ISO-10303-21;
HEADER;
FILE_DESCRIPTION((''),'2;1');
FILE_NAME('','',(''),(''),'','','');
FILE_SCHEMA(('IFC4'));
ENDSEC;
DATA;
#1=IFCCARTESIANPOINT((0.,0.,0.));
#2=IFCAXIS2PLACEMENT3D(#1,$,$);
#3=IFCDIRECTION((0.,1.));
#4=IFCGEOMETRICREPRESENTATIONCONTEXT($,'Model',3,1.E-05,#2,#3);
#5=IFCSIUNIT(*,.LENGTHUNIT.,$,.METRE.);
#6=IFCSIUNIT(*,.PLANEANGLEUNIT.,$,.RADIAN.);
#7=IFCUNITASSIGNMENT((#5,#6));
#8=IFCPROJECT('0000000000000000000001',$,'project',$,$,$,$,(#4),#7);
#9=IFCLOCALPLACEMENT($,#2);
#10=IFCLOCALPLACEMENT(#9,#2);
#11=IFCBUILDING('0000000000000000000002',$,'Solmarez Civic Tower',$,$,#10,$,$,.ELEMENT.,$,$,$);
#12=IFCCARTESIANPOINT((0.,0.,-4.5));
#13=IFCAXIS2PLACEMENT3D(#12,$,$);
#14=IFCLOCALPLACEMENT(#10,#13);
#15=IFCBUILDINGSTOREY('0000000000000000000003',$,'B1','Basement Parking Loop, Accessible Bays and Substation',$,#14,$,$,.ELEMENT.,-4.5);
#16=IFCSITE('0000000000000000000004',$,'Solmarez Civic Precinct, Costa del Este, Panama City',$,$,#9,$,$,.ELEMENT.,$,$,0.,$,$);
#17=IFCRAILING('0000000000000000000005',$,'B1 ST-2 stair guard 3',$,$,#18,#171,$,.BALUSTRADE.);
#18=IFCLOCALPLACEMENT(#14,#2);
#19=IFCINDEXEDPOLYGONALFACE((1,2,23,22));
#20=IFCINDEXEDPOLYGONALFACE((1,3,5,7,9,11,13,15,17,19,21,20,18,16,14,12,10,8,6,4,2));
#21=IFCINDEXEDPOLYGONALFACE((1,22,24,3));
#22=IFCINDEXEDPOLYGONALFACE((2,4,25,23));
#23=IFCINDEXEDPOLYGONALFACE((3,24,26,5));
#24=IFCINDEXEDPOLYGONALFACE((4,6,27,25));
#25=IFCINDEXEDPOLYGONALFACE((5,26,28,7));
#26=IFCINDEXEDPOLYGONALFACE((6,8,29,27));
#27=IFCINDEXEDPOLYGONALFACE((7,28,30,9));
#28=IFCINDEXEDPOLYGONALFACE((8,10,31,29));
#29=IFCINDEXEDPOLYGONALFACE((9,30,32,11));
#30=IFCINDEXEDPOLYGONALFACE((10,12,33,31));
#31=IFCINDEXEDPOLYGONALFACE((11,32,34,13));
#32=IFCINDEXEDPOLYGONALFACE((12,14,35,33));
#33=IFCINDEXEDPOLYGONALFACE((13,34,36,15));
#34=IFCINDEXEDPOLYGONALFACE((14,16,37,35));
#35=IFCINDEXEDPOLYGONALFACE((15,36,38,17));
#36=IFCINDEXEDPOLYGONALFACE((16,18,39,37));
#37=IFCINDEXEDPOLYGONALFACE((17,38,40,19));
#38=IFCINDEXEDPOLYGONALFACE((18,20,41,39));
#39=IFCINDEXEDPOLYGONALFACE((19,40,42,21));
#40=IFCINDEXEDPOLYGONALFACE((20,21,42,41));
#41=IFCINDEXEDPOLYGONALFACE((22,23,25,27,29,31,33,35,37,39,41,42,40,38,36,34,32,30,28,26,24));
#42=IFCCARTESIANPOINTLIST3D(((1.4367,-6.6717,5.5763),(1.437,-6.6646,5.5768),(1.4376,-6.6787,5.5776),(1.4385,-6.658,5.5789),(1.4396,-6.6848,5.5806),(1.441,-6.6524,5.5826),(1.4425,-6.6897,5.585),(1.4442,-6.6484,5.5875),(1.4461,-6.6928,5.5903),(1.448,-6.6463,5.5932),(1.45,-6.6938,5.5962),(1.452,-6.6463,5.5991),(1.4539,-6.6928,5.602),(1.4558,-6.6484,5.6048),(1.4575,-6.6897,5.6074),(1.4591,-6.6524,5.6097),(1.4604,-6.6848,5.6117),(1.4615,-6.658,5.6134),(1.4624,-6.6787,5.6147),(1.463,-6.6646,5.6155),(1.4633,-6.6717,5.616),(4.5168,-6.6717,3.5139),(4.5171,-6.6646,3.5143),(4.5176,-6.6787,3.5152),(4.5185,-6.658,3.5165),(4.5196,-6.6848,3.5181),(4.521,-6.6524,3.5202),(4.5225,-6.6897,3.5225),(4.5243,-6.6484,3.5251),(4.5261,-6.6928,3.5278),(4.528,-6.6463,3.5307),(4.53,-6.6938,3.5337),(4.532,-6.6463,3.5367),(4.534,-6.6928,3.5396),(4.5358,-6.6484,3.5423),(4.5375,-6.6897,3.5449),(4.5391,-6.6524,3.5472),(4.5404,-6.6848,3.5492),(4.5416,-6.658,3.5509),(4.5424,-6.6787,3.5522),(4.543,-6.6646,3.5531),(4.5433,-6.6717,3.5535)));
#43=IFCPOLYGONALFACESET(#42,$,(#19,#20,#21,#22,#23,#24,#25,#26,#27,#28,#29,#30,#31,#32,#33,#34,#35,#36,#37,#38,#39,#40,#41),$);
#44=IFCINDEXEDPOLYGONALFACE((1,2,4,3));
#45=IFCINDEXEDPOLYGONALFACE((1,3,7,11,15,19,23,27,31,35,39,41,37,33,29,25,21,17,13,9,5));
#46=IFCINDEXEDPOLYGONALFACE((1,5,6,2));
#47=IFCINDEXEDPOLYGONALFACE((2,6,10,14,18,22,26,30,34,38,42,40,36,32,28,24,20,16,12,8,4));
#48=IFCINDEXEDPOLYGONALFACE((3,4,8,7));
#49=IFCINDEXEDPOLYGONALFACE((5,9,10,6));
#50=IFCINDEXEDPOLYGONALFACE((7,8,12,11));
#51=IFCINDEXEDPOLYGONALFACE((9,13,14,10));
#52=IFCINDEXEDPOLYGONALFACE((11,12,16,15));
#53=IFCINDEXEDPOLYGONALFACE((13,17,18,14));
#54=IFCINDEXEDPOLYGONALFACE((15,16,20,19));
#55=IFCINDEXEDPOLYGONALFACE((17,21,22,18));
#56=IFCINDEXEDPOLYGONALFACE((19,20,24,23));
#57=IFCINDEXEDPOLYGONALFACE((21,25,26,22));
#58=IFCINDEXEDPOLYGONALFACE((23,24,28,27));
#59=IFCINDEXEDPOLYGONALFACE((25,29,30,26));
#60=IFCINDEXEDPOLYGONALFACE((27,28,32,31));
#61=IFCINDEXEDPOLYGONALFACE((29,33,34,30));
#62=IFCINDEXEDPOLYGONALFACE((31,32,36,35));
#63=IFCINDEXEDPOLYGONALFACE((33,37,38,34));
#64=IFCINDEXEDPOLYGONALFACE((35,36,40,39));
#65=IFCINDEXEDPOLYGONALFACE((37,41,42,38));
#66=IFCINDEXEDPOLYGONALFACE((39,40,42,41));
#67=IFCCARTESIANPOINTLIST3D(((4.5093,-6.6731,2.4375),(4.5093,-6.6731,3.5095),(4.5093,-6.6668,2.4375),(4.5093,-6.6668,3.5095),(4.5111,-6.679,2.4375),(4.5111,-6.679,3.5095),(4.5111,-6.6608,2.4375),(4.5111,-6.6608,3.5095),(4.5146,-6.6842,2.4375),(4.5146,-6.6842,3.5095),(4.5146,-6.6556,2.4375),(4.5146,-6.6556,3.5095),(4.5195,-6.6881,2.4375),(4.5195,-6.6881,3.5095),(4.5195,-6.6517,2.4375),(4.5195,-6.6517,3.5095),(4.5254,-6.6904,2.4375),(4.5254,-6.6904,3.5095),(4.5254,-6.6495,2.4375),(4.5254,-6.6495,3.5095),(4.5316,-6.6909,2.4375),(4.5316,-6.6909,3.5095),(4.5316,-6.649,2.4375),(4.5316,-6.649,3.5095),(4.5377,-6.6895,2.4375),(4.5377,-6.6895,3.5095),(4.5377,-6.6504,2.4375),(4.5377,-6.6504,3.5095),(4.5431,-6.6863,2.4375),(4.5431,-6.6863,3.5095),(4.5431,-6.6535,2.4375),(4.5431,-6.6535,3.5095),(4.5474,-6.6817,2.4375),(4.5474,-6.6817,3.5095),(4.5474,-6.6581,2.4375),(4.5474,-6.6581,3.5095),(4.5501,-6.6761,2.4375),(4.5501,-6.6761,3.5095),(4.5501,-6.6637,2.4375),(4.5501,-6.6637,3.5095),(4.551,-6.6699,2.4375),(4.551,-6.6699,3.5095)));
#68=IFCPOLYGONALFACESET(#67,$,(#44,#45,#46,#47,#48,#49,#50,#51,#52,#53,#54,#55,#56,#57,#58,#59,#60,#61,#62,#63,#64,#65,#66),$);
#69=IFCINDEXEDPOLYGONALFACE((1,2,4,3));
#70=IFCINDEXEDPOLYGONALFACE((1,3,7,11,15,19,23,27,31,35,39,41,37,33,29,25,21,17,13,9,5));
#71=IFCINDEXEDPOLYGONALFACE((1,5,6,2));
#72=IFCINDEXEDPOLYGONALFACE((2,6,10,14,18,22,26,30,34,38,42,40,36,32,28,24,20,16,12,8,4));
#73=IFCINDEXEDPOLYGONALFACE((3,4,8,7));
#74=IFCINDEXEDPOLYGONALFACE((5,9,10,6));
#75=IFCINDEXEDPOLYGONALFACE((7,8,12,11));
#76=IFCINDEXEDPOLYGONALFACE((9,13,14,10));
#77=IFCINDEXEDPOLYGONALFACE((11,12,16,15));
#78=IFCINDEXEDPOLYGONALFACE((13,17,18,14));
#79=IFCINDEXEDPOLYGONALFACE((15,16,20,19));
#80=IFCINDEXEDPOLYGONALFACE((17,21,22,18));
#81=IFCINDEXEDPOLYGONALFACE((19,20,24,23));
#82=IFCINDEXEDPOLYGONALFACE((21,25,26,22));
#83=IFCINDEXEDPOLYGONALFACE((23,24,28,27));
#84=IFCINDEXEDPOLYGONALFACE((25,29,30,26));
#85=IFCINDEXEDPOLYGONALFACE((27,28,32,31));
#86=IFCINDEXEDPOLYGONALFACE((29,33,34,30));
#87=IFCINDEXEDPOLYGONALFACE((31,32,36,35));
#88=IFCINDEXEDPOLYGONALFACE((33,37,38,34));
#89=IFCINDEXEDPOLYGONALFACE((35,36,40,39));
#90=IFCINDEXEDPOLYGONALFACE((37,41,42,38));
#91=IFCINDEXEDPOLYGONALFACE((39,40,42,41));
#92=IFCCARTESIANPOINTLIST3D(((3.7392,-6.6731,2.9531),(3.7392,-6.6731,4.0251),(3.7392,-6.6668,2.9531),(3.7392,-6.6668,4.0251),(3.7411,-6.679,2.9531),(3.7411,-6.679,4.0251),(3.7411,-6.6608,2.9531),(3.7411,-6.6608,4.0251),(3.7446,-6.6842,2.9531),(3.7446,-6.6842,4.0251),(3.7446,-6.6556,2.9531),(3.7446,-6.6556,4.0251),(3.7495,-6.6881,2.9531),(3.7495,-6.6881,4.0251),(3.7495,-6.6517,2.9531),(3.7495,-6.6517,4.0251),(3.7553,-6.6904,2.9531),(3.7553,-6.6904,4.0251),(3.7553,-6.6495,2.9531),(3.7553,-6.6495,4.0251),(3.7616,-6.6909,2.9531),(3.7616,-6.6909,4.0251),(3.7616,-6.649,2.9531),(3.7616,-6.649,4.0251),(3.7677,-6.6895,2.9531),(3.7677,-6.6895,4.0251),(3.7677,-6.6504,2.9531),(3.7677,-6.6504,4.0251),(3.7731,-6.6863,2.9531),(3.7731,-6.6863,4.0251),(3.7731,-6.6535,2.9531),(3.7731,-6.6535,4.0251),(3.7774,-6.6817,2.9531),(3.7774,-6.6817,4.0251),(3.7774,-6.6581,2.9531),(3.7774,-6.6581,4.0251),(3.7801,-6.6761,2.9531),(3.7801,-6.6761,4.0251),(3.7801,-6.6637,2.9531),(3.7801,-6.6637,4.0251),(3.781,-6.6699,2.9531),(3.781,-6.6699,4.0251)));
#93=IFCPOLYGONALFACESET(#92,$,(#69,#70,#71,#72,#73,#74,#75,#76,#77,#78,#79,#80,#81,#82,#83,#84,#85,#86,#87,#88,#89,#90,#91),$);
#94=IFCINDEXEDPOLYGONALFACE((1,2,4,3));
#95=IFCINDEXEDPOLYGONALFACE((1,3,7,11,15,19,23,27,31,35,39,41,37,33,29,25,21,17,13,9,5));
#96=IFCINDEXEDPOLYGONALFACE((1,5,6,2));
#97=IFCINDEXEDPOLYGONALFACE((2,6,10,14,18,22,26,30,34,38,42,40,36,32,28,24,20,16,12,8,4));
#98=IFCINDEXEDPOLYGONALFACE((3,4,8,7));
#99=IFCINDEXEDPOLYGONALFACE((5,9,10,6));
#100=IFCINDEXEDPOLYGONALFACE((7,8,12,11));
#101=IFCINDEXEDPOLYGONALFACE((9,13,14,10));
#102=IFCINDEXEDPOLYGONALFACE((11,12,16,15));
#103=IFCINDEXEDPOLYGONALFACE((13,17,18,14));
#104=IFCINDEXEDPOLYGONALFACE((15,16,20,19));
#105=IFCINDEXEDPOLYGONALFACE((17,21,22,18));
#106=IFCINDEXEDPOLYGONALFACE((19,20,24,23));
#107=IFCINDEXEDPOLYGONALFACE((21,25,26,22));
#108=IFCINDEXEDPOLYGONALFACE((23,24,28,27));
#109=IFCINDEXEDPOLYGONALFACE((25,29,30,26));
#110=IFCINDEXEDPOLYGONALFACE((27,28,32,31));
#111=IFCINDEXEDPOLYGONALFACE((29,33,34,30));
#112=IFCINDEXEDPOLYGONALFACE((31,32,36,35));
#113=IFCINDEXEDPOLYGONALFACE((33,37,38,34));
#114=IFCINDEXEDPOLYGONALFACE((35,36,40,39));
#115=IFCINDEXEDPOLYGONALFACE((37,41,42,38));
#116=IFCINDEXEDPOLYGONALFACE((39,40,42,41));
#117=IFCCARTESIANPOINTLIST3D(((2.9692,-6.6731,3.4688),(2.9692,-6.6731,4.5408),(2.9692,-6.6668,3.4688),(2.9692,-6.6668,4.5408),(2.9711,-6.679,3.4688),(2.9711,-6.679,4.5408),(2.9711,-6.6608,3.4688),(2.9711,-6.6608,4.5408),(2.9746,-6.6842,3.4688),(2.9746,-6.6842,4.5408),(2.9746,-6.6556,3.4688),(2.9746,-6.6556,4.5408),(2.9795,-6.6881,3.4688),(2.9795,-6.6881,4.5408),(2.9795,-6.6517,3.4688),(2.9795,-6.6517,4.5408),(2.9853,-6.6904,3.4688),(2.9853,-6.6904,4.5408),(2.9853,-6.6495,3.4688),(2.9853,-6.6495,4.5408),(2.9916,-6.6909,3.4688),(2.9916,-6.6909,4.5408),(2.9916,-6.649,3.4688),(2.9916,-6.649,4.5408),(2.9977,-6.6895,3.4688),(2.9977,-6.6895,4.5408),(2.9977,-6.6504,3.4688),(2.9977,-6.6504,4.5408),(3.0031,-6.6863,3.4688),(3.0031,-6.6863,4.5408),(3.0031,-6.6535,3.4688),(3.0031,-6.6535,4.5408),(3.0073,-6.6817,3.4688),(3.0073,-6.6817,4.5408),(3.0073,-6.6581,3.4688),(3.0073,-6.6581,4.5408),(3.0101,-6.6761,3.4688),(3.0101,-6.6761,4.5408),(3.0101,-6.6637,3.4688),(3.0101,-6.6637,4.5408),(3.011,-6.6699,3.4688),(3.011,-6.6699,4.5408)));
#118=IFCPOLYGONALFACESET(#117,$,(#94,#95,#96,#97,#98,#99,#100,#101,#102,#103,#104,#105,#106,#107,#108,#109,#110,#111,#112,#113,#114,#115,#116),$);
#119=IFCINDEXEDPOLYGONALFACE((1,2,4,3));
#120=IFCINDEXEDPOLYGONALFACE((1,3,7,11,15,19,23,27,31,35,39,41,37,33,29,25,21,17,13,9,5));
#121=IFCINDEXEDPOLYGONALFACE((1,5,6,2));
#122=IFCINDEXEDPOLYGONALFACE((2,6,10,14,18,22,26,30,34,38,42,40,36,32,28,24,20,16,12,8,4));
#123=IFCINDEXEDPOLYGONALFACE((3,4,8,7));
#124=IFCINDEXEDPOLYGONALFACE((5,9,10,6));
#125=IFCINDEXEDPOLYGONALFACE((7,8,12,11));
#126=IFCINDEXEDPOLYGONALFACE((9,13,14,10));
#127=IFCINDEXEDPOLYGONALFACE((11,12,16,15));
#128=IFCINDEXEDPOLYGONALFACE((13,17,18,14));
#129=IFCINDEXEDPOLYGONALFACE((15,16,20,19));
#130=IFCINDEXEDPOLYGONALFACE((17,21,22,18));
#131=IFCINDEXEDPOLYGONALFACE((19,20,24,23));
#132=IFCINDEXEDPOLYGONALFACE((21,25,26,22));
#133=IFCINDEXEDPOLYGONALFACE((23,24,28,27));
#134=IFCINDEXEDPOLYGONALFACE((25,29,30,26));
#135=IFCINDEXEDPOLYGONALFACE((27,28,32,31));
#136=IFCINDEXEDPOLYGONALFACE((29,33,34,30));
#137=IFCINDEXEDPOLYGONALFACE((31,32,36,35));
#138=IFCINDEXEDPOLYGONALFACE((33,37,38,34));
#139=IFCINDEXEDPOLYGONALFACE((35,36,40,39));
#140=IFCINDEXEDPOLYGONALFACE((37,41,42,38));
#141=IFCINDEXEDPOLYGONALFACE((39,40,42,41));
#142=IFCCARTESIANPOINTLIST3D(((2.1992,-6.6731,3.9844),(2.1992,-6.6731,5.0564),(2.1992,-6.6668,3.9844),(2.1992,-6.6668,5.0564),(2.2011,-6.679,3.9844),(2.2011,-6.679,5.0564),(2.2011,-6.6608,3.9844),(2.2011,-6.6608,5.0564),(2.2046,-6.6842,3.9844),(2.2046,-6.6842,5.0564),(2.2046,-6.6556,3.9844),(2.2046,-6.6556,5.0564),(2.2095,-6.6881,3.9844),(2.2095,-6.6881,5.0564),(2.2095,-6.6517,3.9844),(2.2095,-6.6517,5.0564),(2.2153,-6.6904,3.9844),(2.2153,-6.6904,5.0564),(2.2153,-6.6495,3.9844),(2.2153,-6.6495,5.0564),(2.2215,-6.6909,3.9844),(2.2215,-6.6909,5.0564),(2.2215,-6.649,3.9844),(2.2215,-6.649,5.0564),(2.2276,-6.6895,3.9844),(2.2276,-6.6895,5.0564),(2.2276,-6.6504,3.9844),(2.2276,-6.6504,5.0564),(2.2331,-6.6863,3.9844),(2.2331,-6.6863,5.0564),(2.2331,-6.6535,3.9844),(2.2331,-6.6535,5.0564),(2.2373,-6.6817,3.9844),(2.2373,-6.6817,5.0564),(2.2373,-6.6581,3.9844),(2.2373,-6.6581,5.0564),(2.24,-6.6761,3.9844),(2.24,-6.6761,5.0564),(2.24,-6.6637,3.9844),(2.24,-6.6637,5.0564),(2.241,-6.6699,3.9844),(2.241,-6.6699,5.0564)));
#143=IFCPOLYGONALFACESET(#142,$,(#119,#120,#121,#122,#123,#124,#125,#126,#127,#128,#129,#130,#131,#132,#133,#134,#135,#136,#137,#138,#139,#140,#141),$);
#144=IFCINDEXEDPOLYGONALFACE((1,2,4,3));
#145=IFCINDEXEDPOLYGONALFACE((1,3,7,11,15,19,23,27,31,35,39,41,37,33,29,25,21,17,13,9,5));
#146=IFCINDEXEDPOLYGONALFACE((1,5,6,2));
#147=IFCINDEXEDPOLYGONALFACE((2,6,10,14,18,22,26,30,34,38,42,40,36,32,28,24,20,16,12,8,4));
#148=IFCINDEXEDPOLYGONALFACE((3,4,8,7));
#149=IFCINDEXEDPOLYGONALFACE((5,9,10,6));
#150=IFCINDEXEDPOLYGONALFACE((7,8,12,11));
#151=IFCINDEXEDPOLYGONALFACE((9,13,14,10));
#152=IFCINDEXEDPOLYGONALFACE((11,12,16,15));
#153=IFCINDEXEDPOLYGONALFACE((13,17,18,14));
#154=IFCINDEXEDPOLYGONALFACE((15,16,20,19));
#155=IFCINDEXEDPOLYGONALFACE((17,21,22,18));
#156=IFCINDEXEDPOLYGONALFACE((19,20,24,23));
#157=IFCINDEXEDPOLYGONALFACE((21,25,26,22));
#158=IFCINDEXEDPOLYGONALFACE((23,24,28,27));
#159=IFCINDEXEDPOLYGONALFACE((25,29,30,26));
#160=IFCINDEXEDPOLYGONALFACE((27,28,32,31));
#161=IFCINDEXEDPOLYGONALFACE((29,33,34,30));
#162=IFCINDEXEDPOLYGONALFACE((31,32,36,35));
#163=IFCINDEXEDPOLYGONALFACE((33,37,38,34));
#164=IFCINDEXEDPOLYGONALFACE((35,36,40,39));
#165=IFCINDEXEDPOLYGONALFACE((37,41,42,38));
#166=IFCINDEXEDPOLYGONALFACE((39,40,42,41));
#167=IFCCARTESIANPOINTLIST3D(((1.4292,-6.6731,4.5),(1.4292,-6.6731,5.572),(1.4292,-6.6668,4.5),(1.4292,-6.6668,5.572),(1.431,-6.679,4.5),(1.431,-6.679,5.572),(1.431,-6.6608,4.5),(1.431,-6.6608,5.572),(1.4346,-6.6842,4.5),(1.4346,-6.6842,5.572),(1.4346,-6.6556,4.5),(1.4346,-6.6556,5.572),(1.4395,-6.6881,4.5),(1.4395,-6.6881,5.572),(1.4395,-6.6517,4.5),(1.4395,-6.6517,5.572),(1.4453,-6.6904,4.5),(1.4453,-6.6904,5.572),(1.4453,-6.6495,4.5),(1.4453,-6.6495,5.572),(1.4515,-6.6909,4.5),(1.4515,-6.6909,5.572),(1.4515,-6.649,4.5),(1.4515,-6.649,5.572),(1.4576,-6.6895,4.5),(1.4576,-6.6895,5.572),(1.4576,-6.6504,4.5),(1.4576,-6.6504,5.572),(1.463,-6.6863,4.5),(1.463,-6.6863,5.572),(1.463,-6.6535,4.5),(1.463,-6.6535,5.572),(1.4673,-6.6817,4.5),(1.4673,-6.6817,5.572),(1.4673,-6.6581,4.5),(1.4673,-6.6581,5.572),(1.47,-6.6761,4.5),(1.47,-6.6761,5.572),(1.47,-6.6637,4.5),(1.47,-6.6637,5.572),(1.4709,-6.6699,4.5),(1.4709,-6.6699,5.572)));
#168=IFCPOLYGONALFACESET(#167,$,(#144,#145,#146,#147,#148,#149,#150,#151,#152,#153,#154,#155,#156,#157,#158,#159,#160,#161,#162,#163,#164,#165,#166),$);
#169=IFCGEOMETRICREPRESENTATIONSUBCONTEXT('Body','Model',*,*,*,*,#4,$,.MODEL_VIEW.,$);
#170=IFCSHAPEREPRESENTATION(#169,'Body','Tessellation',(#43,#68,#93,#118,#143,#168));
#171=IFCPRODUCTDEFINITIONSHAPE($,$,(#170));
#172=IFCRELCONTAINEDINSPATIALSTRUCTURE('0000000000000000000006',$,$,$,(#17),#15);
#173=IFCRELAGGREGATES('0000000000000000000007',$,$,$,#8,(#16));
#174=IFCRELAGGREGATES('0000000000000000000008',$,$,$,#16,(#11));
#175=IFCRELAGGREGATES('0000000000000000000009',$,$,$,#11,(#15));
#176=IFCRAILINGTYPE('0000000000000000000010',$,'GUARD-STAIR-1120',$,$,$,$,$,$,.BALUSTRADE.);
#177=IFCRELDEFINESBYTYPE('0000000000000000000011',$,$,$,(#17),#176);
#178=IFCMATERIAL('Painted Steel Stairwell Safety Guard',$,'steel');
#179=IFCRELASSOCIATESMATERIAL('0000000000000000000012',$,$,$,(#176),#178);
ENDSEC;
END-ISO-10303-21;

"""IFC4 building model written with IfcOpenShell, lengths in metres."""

from ifc_helpers import new_model, si_unit, direction, frame, origin, origin_2d, place, context, subcontext, project, spatial, circle, extrude, material, type_object, element, save


model = new_model("IFC4")

# Units and contexts
model_context = context("Model", 3, precision=1e-05, world=origin(), true_north=direction((0.0, 1.0)))
body_context = subcontext(model_context, "Body", "Model", "MODEL_VIEW")
ifc_project = project(units=[si_unit("LENGTHUNIT", "METRE"), si_unit("PLANEANGLEUNIT", "RADIAN")], contexts=[model_context])

# Site, building, storey
site_placement = place(None, origin())
site = spatial("IfcSite", under=ifc_project, at=site_placement, Name="Solmarez Civic Precinct, Costa del Este, Panama City", CompositionType="ELEMENT", RefElevation=0.0)
building_placement = place(site_placement, origin())
building = spatial("IfcBuilding", under=site, at=building_placement, Name="Solmarez Civic Tower", CompositionType="ELEMENT")
storey_placement = place(building_placement, frame((0.0, 0.0, -4.5)))
storey = spatial("IfcBuildingStorey", under=building, at=storey_placement, Name="B1", Description="Basement Parking Loop, Accessible Bays and Substation", CompositionType="ELEMENT", Elevation=-4.5)

# Railing
ifc_material_1 = material(Name="Painted Steel Stairwell Safety Guard", Category="steel")
railing_type_1 = type_object("IfcRailingType", Name="GUARD-STAIR-1120", PredefinedType="BALUSTRADE", material=ifc_material_1)
railing_1_placement = place(storey_placement, frame((4.53, -6.6699, 2.4375)))
element("IfcRailing", 1, at=railing_1_placement, inside=storey, type_object=railing_type_1, Name="B1 ST-2 stair guard 3", PredefinedType="BALUSTRADE", context=body_context, shape_type="SweptSolid", body=[
    extrude(circle(Radius=0.0239, at=origin_2d()), frame((0.0, 0.0, 1.0962), z_axis=(-0.830914, 0.0, 0.556401), x_axis=(0.0, -1.0, 0.0)), (0.0, 0.0, 1.0), 3.7068),
    extrude(circle(Radius=0.021, at=origin_2d()), origin(), (0.0, 0.0, 1.0), 1.072),
    extrude(circle(Radius=0.021, at=origin_2d()), frame((-0.77, 0.0, 0.5156)), (0.0, 0.0, 1.0), 1.072),
    extrude(circle(Radius=0.021, at=origin_2d()), frame((-1.54, 0.0, 1.0312)), (0.0, 0.0, 1.0), 1.072),
    extrude(circle(Radius=0.021, at=origin_2d()), frame((-2.3101, 0.0, 1.5469)), (0.0, 0.0, 1.0), 1.072),
    extrude(circle(Radius=0.021, at=origin_2d()), frame((-3.0801, 0.0, 2.0625)), (0.0, 0.0, 1.0), 1.072),
])

save(model, "model.ifc")
